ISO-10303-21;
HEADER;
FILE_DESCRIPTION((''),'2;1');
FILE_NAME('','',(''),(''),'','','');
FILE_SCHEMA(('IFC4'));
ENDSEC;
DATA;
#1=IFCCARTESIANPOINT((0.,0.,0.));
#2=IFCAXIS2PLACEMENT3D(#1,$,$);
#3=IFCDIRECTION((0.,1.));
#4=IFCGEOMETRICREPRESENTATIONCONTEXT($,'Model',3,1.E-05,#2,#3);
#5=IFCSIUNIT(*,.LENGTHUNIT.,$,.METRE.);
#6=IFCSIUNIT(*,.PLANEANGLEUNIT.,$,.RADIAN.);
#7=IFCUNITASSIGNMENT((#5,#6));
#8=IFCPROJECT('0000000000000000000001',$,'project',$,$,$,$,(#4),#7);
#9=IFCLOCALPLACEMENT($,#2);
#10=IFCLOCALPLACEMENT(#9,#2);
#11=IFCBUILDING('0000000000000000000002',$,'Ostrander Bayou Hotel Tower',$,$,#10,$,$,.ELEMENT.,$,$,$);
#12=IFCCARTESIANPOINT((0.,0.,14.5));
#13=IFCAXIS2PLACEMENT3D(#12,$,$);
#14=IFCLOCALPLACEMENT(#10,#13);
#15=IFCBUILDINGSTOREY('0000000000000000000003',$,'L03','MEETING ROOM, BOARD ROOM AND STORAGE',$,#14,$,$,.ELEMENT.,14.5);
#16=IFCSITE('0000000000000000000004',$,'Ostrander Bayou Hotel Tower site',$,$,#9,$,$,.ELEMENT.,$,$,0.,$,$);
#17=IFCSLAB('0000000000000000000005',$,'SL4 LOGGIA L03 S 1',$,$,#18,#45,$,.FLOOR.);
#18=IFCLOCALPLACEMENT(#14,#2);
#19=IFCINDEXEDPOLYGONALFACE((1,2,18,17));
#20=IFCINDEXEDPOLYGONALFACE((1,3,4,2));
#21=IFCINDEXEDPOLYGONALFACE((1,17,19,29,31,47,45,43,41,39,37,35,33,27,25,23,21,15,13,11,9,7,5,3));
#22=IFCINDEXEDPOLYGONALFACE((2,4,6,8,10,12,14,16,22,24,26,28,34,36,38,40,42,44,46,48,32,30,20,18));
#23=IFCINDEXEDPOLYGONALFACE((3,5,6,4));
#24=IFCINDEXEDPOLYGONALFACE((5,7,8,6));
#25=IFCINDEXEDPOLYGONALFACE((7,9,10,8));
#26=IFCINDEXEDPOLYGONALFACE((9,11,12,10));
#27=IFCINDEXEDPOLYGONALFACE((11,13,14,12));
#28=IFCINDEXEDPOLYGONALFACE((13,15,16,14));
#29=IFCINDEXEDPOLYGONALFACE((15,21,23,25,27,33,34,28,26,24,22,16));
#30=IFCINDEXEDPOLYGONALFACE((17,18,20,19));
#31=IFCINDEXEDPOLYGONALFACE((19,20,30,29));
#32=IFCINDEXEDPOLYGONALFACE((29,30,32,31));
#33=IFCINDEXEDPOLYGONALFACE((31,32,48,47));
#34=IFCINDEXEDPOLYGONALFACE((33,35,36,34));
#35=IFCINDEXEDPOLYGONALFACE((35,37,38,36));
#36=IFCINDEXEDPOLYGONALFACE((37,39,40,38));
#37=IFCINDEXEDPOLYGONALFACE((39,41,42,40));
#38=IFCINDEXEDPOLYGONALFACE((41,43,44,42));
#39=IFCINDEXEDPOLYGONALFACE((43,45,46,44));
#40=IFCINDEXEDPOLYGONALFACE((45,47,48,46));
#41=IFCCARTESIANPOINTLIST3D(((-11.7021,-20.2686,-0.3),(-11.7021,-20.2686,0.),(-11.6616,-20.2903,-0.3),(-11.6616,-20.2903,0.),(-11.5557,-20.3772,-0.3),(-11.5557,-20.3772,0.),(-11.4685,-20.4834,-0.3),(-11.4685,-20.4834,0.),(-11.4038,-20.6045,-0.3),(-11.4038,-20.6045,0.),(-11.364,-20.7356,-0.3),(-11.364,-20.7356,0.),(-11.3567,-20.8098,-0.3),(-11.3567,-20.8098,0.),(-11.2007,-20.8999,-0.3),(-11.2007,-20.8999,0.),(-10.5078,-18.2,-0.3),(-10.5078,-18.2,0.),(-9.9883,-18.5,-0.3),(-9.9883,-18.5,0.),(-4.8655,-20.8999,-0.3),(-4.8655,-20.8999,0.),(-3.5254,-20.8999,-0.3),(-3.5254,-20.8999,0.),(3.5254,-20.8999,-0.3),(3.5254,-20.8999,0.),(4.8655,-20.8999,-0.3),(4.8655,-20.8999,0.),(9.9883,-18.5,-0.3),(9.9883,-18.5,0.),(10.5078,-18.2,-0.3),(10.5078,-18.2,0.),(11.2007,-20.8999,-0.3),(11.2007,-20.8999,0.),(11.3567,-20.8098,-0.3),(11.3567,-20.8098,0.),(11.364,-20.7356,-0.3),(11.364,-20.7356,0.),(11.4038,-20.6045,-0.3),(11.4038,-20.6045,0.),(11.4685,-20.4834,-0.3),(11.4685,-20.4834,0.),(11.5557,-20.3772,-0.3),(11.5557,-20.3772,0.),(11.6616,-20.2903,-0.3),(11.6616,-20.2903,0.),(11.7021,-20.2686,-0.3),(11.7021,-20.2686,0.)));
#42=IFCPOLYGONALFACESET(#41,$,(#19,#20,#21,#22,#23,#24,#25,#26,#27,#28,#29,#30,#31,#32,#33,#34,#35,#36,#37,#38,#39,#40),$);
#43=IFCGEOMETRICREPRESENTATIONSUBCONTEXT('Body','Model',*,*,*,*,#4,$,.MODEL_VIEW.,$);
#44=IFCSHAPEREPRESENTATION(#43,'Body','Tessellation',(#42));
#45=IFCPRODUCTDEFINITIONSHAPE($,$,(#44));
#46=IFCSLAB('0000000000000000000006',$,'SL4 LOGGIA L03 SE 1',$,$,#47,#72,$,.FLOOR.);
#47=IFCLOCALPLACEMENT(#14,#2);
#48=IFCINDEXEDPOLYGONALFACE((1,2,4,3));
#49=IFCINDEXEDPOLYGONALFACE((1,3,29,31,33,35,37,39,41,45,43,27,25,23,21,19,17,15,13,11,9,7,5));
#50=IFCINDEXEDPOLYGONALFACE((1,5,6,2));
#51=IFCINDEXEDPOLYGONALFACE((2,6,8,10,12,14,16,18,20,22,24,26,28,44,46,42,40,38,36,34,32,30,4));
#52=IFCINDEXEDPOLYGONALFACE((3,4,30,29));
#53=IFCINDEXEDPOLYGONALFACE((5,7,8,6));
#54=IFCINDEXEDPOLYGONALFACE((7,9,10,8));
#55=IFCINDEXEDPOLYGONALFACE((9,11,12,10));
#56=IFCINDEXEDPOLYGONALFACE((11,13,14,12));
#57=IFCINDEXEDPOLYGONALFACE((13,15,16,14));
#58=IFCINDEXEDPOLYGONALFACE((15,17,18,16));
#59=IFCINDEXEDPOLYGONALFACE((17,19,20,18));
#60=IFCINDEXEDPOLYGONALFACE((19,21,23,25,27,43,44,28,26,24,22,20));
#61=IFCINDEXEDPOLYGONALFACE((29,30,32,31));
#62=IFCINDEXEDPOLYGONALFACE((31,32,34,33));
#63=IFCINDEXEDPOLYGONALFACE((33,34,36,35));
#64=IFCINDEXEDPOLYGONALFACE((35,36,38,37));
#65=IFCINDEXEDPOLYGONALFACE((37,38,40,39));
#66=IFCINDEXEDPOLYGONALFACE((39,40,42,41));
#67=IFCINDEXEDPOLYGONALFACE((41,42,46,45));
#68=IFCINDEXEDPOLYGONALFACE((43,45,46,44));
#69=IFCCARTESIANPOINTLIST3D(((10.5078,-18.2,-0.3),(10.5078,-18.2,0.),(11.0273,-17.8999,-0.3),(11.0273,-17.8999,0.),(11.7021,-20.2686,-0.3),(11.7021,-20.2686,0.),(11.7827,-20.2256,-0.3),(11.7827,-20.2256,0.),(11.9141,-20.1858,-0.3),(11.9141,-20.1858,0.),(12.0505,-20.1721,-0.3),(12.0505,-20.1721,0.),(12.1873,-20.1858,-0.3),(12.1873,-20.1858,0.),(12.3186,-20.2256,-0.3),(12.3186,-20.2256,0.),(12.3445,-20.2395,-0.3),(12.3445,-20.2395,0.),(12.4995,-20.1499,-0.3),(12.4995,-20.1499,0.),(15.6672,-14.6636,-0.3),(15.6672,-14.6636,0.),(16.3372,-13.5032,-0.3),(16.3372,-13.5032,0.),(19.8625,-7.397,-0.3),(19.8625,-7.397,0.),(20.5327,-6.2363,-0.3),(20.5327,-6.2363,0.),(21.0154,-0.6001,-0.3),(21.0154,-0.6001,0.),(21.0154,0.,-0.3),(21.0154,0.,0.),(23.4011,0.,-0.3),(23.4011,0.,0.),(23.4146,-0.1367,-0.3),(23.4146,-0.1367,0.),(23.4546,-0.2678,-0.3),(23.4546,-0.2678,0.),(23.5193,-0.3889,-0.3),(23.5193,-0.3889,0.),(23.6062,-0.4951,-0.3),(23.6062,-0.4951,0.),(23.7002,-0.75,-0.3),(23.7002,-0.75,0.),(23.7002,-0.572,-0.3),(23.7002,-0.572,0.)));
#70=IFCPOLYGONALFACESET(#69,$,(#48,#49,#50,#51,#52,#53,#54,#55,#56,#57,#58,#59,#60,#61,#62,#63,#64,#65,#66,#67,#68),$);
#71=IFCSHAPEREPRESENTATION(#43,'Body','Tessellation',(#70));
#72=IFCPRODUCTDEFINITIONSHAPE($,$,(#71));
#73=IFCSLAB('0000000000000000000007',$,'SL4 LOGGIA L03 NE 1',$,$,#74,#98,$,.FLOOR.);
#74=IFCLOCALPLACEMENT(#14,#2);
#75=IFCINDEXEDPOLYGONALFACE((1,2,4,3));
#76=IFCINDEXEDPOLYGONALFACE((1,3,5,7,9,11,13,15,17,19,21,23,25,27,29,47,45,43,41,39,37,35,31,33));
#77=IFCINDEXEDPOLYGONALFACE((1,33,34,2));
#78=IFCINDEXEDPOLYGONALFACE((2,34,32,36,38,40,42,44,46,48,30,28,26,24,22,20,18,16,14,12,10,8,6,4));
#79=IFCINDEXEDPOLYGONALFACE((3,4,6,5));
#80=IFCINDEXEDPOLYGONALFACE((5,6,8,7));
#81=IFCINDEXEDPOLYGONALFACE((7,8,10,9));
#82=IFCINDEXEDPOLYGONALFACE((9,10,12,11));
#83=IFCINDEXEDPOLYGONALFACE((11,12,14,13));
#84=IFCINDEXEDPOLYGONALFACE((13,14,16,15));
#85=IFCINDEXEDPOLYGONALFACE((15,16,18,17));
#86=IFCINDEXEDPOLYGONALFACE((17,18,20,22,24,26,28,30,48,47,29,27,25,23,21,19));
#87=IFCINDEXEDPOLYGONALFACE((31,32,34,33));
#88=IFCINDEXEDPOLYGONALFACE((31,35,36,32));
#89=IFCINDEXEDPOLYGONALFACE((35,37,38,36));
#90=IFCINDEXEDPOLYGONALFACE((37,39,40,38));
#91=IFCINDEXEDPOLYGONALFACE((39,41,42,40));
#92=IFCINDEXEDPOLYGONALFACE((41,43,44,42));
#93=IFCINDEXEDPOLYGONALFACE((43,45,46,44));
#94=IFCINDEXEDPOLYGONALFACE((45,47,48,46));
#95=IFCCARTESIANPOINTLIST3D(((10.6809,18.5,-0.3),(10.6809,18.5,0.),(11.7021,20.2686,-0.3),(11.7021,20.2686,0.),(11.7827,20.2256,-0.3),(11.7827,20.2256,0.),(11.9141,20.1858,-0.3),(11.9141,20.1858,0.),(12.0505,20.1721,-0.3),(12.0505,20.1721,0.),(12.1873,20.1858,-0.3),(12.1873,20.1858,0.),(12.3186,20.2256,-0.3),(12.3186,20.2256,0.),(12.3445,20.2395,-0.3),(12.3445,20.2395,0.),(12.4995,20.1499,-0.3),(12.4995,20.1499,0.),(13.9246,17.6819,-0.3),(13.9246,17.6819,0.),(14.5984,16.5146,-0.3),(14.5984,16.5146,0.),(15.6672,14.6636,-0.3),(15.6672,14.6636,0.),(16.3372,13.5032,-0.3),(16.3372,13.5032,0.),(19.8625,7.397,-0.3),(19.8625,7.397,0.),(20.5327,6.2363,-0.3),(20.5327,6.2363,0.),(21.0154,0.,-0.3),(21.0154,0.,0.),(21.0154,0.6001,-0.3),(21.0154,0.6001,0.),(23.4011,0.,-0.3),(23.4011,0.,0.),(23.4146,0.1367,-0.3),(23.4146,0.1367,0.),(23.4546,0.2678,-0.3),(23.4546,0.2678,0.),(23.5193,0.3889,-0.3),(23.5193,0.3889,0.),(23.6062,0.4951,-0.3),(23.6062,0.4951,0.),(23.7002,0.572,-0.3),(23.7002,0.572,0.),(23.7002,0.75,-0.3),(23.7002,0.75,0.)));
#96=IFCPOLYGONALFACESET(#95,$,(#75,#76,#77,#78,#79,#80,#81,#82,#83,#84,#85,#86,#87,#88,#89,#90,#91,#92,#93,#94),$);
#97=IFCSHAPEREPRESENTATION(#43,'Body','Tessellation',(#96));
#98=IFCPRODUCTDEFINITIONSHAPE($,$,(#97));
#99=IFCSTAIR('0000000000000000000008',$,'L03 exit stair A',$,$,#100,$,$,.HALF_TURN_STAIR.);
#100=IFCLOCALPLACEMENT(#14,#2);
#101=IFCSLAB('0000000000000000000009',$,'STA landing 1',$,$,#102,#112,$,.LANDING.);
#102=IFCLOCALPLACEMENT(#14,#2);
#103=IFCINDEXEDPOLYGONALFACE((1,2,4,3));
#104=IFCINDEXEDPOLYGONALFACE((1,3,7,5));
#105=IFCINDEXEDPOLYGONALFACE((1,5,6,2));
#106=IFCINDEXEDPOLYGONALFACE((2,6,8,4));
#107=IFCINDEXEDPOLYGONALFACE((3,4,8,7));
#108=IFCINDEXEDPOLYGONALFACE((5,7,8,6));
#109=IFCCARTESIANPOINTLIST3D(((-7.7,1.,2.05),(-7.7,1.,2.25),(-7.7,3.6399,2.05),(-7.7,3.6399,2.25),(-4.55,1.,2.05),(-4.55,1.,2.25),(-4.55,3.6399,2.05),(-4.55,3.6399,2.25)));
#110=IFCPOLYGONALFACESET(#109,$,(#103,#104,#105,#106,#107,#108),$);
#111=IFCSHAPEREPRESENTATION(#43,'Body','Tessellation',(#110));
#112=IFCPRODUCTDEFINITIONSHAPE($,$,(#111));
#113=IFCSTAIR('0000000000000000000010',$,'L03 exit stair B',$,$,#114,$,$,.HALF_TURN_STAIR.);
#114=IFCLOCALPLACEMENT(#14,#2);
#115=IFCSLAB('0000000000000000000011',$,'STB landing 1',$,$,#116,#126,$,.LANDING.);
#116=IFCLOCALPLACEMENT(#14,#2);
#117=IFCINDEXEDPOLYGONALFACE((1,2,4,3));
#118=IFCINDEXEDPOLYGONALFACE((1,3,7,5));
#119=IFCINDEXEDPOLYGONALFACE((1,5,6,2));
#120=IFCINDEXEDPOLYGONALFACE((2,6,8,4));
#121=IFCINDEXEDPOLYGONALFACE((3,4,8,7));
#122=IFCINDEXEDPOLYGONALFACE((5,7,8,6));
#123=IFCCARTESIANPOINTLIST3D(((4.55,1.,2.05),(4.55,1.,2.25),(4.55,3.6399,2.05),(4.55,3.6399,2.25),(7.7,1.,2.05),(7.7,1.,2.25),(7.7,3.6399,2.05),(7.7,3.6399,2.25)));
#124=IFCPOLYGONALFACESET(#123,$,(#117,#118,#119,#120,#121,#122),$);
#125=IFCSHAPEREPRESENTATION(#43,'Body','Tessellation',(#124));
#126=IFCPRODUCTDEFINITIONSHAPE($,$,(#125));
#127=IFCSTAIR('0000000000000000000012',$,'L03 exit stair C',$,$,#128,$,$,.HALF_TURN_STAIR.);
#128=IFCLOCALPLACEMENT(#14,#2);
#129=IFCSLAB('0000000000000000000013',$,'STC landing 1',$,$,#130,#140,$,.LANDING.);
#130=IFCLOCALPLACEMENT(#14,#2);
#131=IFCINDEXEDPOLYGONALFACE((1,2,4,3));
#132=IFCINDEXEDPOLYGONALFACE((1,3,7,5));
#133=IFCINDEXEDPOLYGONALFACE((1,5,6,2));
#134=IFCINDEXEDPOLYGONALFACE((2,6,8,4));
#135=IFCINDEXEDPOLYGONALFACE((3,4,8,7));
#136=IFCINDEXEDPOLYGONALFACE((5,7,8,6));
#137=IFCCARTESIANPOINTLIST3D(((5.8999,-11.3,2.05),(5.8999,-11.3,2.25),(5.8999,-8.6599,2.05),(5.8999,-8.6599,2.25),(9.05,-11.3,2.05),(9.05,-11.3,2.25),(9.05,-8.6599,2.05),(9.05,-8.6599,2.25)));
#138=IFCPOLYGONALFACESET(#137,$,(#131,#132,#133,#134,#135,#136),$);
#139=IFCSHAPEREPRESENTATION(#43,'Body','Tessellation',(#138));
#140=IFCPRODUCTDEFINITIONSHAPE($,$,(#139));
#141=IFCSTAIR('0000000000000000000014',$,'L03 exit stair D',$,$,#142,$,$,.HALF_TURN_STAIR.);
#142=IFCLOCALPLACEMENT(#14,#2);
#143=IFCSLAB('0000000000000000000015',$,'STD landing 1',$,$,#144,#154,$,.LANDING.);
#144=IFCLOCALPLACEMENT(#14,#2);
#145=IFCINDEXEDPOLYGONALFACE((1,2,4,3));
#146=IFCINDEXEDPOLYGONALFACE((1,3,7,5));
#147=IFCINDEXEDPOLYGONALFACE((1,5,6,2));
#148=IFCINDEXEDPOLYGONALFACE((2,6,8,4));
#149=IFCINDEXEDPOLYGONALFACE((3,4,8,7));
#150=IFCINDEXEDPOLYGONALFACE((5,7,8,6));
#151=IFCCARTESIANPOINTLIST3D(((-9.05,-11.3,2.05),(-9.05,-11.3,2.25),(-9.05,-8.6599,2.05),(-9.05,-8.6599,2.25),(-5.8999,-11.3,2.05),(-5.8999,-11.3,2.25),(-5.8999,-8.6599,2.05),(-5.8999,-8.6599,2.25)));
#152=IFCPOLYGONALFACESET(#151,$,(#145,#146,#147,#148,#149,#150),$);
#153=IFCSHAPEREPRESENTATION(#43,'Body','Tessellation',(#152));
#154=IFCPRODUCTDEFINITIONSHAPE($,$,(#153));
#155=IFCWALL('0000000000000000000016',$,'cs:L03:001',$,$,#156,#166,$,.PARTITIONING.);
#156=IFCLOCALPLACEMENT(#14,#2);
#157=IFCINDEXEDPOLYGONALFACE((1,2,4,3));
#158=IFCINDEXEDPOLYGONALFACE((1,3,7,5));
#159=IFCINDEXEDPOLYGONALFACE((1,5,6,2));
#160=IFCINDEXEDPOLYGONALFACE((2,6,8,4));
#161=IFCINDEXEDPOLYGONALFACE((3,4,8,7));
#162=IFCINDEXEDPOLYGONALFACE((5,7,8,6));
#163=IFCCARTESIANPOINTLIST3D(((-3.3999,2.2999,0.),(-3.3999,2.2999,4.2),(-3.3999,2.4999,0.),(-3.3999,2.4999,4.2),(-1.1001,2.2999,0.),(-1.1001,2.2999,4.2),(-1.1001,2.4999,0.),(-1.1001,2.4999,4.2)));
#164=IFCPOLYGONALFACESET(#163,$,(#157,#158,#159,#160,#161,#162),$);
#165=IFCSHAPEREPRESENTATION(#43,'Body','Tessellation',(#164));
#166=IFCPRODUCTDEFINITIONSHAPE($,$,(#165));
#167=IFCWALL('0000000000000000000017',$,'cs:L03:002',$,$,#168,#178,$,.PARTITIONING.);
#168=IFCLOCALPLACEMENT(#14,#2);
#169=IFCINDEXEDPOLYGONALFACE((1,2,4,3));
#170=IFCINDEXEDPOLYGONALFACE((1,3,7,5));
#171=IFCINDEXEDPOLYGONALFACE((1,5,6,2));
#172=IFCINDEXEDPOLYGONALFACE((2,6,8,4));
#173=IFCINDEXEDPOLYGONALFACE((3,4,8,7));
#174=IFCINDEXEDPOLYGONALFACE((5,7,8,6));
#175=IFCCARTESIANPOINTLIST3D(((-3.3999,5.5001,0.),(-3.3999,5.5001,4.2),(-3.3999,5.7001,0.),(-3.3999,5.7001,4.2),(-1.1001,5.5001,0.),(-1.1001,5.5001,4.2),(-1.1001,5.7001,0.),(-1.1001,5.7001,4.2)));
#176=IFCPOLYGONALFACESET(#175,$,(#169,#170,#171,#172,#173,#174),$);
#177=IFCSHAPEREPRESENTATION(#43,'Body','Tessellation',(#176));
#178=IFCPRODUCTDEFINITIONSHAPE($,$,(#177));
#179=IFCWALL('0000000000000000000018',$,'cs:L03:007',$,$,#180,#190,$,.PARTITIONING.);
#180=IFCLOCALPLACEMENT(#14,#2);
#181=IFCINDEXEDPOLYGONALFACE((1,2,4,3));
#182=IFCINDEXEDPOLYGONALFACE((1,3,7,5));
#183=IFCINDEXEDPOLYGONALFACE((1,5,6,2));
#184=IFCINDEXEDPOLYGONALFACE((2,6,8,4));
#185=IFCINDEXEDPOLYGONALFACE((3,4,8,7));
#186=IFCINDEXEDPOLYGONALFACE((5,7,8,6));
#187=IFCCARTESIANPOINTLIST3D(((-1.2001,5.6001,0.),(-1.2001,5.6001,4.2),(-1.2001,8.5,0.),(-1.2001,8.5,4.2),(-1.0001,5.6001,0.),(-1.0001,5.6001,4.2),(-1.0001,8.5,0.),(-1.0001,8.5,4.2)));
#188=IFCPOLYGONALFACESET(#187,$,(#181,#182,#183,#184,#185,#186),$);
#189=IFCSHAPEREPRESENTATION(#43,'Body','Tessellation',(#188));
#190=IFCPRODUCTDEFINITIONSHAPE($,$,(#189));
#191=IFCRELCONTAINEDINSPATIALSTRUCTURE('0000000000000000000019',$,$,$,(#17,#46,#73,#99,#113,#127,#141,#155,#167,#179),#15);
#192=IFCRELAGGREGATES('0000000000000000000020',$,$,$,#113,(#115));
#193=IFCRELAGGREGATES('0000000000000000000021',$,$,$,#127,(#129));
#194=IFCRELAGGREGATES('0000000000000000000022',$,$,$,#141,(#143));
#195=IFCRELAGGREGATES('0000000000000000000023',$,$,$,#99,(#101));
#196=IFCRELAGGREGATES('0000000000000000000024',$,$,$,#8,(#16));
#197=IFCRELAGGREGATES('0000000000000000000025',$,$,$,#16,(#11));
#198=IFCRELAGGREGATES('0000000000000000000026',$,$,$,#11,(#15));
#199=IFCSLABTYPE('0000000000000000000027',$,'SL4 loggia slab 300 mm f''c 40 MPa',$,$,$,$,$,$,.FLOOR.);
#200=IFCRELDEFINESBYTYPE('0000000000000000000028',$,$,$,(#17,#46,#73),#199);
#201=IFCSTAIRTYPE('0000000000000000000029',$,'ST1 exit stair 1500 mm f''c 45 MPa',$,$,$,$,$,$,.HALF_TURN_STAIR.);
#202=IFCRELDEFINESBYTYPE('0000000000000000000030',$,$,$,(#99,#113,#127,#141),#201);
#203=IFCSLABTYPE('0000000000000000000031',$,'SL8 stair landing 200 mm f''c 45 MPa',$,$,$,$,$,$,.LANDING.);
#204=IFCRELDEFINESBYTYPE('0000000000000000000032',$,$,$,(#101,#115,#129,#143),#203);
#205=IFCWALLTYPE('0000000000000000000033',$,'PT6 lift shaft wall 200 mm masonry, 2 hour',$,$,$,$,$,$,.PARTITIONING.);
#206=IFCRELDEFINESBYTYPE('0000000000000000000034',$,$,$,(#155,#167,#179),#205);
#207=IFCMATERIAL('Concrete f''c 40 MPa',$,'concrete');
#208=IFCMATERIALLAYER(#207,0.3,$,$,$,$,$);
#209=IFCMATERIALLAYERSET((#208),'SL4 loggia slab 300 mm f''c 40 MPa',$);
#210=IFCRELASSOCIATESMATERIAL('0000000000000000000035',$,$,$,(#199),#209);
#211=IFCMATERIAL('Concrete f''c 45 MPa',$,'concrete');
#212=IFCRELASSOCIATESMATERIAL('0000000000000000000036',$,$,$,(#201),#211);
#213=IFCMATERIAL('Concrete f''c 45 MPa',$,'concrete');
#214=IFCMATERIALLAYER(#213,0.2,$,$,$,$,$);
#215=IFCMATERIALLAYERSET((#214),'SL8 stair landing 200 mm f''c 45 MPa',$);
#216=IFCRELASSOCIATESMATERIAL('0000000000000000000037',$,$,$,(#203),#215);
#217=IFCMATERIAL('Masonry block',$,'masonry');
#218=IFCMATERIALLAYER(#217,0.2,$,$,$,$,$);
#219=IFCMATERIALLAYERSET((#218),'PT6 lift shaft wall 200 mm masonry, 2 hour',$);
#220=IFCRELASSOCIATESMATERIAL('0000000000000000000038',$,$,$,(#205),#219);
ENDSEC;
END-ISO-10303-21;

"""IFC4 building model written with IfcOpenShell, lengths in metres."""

from ifc_helpers import new_model, si_unit, direction, frame, frame_2d, origin, place, context, subcontext, project, spatial, polyline, rectangle, outline, extrude, material, layer, layer_set, type_object, element, aggregate, save


model = new_model("IFC4")

# Units and contexts
model_context = context("Model", 3, precision=1e-05, world=origin(), true_north=direction((0.0, 1.0)))
body_context = subcontext(model_context, "Body", "Model", "MODEL_VIEW")
ifc_project = project(units=[si_unit("LENGTHUNIT", "METRE"), si_unit("PLANEANGLEUNIT", "RADIAN")], contexts=[model_context])

# Site, building, storey
site_placement = place(None, origin())
site = spatial("IfcSite", under=ifc_project, at=site_placement, Name="Ostrander Bayou Hotel Tower site", CompositionType="ELEMENT", RefElevation=0.0)
building_placement = place(site_placement, origin())
building = spatial("IfcBuilding", under=site, at=building_placement, Name="Ostrander Bayou Hotel Tower", CompositionType="ELEMENT")
storey_placement = place(building_placement, frame((0.0, 0.0, 14.5)))
storey = spatial("IfcBuildingStorey", under=building, at=storey_placement, Name="L03", Description="MEETING ROOM, BOARD ROOM AND STORAGE", CompositionType="ELEMENT", Elevation=14.5)

# Slabs
ifc_material_1 = material(Name="Concrete f'c 40 MPa", Category="concrete")
ifc_layer_1 = layer(ifc_material_1, 0.3)
ifc_layer_set_1 = layer_set([ifc_layer_1], Name="SL4 loggia slab 300 mm f'c 40 MPa")
slab_type_1 = type_object("IfcSlabType", Name="SL4 loggia slab 300 mm f'c 40 MPa", PredefinedType="FLOOR", material=ifc_layer_set_1)
slab_1_placement = place(storey_placement, frame((0.0, 0.0, -0.3)))
element("IfcSlab", 1, at=slab_1_placement, inside=storey, type_object=slab_type_1, Name="SL4 LOGGIA L03 S 1", PredefinedType="FLOOR", context=body_context, shape_type="SweptSolid", body=[
    extrude(outline(polyline([(10.5078, -18.2), (11.7021, -20.2686), (11.6616, -20.2903), (11.5557, -20.3772), (11.4685, -20.4834), (11.4038, -20.6045), (11.364, -20.7356), (11.3567, -20.8098), (11.2007, -20.8999), (4.8655, -20.8999), (3.5254, -20.8999), (-3.5254, -20.8999), (-4.8655, -20.8999), (-11.2007, -20.8999), (-11.3567, -20.8098), (-11.364, -20.7356), (-11.4038, -20.6045), (-11.4685, -20.4834), (-11.5557, -20.3772), (-11.6616, -20.2903), (-11.7021, -20.2686), (-10.5078, -18.2), (-9.9883, -18.5), (9.9883, -18.5), (10.5078, -18.2)])), origin(), (0.0, 0.0, 1.0), 0.3),
])
slab_2_placement = place(storey_placement, frame((0.0, 0.0, -0.3)))
element("IfcSlab", 2, at=slab_2_placement, inside=storey, type_object=slab_type_1, Name="SL4 LOGGIA L03 SE 1", PredefinedType="FLOOR", context=body_context, shape_type="SweptSolid", body=[
    extrude(outline(polyline([(21.0154, 0.0), (23.4011, 0.0), (23.4146, -0.1367), (23.4546, -0.2678), (23.5193, -0.3889), (23.6062, -0.4951), (23.7002, -0.572), (23.7002, -0.75), (20.5327, -6.2363), (19.8625, -7.397), (16.3372, -13.5032), (15.6672, -14.6636), (12.4995, -20.1499), (12.3445, -20.2395), (12.3186, -20.2256), (12.1873, -20.1858), (12.0505, -20.1721), (11.9141, -20.1858), (11.7827, -20.2256), (11.7021, -20.2686), (10.5078, -18.2), (11.0273, -17.8999), (21.0154, -0.6001), (21.0154, 0.0)])), origin(), (0.0, 0.0, 1.0), 0.3),
])
slab_3_placement = place(storey_placement, frame((0.0, 0.0, -0.3)))
element("IfcSlab", 3, at=slab_3_placement, inside=storey, type_object=slab_type_1, Name="SL4 LOGGIA L03 NE 1", PredefinedType="FLOOR", context=body_context, shape_type="SweptSolid", body=[
    extrude(outline(polyline([(11.7021, 20.2686), (11.7827, 20.2256), (11.9141, 20.1858), (12.0505, 20.1721), (12.1873, 20.1858), (12.3186, 20.2256), (12.3445, 20.2395), (12.4995, 20.1499), (13.9246, 17.6819), (14.5984, 16.5146), (15.6672, 14.6636), (16.3372, 13.5032), (19.8625, 7.397), (20.5327, 6.2363), (23.7002, 0.75), (23.7002, 0.572), (23.6062, 0.4951), (23.5193, 0.3889), (23.4546, 0.2678), (23.4146, 0.1367), (23.4011, 0.0), (21.0154, 0.0), (21.0154, 0.6001), (10.6809, 18.5), (11.7021, 20.2686)])), origin(), (0.0, 0.0, 1.0), 0.3),
])

# Stairs, slabs
ifc_material_2 = material(Name="Concrete f'c 45 MPa", Category="concrete")
stair_type = type_object("IfcStairType", Name="ST1 exit stair 1500 mm f'c 45 MPa", PredefinedType="HALF_TURN_STAIR", material=ifc_material_2)
stair_1_placement = place(storey_placement, origin())
stair_1 = element("IfcStair", 4, at=stair_1_placement, inside=storey, type_object=stair_type, Name="L03 exit stair A", PredefinedType="HALF_TURN_STAIR")
ifc_material_3 = material(Name="Concrete f'c 45 MPa", Category="concrete")
ifc_layer_2 = layer(ifc_material_3, 0.2)
ifc_layer_set_2 = layer_set([ifc_layer_2], Name="SL8 stair landing 200 mm f'c 45 MPa")
slab_type_2 = type_object("IfcSlabType", Name="SL8 stair landing 200 mm f'c 45 MPa", PredefinedType="LANDING", material=ifc_layer_set_2)
slab_4_placement = place(storey_placement, frame((0.0, 0.0, 2.05)))
slab_4 = element("IfcSlab", 5, at=slab_4_placement, type_object=slab_type_2, Name="STA landing 1", PredefinedType="LANDING", context=body_context, shape_type="SweptSolid", body=[
    extrude(outline(polyline([(-7.7, 3.6399), (-7.7, 1.0), (-4.55, 1.0), (-4.55, 3.6399), (-7.7, 3.6399)])), origin(), (0.0, 0.0, 1.0), 0.2),
])
stair_2_placement = place(storey_placement, origin())
stair_2 = element("IfcStair", 6, at=stair_2_placement, inside=storey, type_object=stair_type, Name="L03 exit stair B", PredefinedType="HALF_TURN_STAIR")
slab_5_placement = place(storey_placement, frame((0.0, 0.0, 2.05)))
slab_5 = element("IfcSlab", 7, at=slab_5_placement, type_object=slab_type_2, Name="STB landing 1", PredefinedType="LANDING", context=body_context, shape_type="SweptSolid", body=[
    extrude(outline(polyline([(4.55, 3.6399), (4.55, 1.0), (7.7, 1.0), (7.7, 3.6399), (4.55, 3.6399)])), origin(), (0.0, 0.0, 1.0), 0.2),
])
aggregate(stair_2, [slab_5])
stair_3_placement = place(storey_placement, origin())
stair_3 = element("IfcStair", 8, at=stair_3_placement, inside=storey, type_object=stair_type, Name="L03 exit stair C", PredefinedType="HALF_TURN_STAIR")
slab_6_placement = place(storey_placement, frame((0.0, 0.0, 2.05)))
slab_6 = element("IfcSlab", 9, at=slab_6_placement, type_object=slab_type_2, Name="STC landing 1", PredefinedType="LANDING", context=body_context, shape_type="SweptSolid", body=[
    extrude(outline(polyline([(5.8999, -8.6599), (5.8999, -11.3), (9.05, -11.3), (9.05, -8.6599), (5.8999, -8.6599)])), origin(), (0.0, 0.0, 1.0), 0.2),
])
aggregate(stair_3, [slab_6])
stair_4_placement = place(storey_placement, origin())
stair_4 = element("IfcStair", 10, at=stair_4_placement, inside=storey, type_object=stair_type, Name="L03 exit stair D", PredefinedType="HALF_TURN_STAIR")
slab_7_placement = place(storey_placement, frame((0.0, 0.0, 2.05)))
slab_7 = element("IfcSlab", 11, at=slab_7_placement, type_object=slab_type_2, Name="STD landing 1", PredefinedType="LANDING", context=body_context, shape_type="SweptSolid", body=[
    extrude(outline(polyline([(-9.05, -8.6599), (-9.05, -11.3), (-5.8999, -11.3), (-5.8999, -8.6599), (-9.05, -8.6599)])), origin(), (0.0, 0.0, 1.0), 0.2),
])
aggregate(stair_4, [slab_7])

# Walls
ifc_material_4 = material(Name="Masonry block", Category="masonry")
ifc_layer_3 = layer(ifc_material_4, 0.2)
ifc_layer_set_3 = layer_set([ifc_layer_3], Name="PT6 lift shaft wall 200 mm masonry, 2 hour")
wall_type_1 = type_object("IfcWallType", Name="PT6 lift shaft wall 200 mm masonry, 2 hour", PredefinedType="PARTITIONING", material=ifc_layer_set_3)
for number, where, z_axis, x_axis, name in (
    (12, (-3.3999, 2.3999, 0.0), (0.0, 0.0, 1.0), (1.0, 0.0, 0.0), "cs:L03:001"),
    (13, (-3.3999, 5.6001, 0.0), (0.0, 0.0, 1.0), (1.0, 0.0, 0.0), "cs:L03:002"),
):
    element("IfcWall", number, at=place(storey_placement, frame(where, z_axis=z_axis, x_axis=x_axis)), inside=storey, type_object=wall_type_1, Name=name, PredefinedType="PARTITIONING", context=body_context, shape_type="SweptSolid", body=[
        extrude(rectangle(XDim=2.2998, YDim=0.2, at=frame_2d((1.1499, 0.0))), origin(), (0.0, 0.0, 1.0), 4.2),
    ])
wall_1_placement = place(storey_placement, frame((-1.1001, 5.6001, 0.0), z_axis=(0.0, 0.0, 1.0), x_axis=(0.0, 1.0, 0.0)))
element("IfcWall", 14, at=wall_1_placement, inside=storey, type_object=wall_type_1, Name="cs:L03:007", PredefinedType="PARTITIONING", context=body_context, shape_type="SweptSolid", body=[
    extrude(rectangle(XDim=2.8999, YDim=0.2, at=frame_2d((1.45, 0.0))), origin(), (0.0, 0.0, 1.0), 4.2),
])

aggregate(stair_1, [slab_4])

save(model, "model.ifc")
